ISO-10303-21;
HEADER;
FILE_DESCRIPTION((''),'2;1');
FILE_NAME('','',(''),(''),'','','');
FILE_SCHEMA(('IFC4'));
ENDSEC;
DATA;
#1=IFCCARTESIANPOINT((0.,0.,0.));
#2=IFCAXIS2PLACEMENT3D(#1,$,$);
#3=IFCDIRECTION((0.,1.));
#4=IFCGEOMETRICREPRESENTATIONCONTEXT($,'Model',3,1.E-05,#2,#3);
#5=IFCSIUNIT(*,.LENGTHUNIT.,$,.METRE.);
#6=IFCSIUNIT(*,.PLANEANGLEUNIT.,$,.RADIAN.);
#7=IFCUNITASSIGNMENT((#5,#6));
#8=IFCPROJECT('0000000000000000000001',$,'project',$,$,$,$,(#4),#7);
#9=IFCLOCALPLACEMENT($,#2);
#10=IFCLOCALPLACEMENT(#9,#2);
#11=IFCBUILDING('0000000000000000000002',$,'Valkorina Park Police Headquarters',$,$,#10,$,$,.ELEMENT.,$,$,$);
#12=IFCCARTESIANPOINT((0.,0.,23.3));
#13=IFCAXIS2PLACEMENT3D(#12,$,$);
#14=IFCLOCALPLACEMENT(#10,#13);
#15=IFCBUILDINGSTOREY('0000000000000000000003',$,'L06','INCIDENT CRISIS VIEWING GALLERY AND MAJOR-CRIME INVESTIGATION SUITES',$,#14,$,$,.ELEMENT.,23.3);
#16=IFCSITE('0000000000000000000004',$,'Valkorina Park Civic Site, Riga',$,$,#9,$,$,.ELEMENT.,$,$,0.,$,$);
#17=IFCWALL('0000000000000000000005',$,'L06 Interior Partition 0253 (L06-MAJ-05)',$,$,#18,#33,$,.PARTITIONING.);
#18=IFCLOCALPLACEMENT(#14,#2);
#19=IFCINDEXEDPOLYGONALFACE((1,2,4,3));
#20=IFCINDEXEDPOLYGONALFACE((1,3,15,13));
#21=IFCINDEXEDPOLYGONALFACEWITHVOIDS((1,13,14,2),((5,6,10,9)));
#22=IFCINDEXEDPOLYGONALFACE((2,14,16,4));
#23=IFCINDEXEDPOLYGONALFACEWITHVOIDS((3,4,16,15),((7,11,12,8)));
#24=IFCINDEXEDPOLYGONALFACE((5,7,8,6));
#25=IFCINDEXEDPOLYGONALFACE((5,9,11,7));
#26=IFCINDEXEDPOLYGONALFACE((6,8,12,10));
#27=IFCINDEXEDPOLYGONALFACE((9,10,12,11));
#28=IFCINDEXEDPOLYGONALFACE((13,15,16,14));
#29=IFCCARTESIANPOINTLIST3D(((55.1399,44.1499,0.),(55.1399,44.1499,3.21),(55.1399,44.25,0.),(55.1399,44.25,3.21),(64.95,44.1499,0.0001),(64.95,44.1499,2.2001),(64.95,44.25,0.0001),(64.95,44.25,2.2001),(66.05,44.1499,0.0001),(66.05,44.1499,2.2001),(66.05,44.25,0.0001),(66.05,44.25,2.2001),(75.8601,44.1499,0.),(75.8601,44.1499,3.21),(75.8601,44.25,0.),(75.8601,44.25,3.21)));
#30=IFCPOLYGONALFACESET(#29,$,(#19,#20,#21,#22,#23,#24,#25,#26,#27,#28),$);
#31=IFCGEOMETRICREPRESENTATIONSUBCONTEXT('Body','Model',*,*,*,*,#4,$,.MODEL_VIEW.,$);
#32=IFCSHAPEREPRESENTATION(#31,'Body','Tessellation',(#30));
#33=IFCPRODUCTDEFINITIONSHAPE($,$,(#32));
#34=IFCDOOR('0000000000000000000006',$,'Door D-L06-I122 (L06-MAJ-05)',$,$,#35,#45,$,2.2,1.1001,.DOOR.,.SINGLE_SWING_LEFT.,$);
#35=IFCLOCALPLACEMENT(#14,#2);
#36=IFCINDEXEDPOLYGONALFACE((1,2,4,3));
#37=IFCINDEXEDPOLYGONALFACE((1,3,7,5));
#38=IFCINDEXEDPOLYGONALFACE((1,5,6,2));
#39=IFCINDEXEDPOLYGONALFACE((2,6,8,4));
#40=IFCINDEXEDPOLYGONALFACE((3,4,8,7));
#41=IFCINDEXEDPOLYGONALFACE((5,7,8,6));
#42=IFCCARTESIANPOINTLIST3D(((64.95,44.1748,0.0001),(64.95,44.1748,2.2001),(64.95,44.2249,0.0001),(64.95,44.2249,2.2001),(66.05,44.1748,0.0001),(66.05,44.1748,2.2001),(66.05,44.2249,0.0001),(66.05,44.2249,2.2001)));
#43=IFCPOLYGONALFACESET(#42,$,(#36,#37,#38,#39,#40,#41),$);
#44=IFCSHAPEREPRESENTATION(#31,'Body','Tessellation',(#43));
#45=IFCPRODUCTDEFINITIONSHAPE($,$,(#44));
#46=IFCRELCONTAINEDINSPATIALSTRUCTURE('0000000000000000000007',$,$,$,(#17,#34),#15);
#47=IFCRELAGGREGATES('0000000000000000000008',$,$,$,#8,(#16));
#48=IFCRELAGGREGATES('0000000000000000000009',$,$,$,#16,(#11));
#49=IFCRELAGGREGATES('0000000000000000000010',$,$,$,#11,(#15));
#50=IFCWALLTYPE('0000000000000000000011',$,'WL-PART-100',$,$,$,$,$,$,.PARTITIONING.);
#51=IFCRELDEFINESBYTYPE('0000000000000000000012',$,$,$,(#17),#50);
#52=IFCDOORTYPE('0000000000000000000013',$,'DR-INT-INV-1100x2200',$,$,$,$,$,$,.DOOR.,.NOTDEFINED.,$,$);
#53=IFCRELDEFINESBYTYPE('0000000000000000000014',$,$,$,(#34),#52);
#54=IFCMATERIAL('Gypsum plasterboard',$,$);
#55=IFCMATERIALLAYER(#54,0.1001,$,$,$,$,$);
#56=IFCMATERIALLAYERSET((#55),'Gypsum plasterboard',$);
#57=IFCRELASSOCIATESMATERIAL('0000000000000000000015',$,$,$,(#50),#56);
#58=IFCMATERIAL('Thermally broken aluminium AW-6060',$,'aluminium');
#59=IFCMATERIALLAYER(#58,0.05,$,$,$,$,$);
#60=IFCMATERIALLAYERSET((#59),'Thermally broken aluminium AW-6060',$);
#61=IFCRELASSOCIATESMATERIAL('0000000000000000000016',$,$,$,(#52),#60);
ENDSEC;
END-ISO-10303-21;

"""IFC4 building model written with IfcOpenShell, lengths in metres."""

from ifc_helpers import new_model, si_unit, direction, frame, frame_2d, origin, place, context, subcontext, project, spatial, rectangle, extrude, material, layer, layer_set, type_object, element, fill, save


model = new_model("IFC4")

# Units and contexts
model_context = context("Model", 3, precision=1e-05, world=origin(), true_north=direction((0.0, 1.0)))
body_context = subcontext(model_context, "Body", "Model", "MODEL_VIEW")
ifc_project = project(units=[si_unit("LENGTHUNIT", "METRE"), si_unit("PLANEANGLEUNIT", "RADIAN")], contexts=[model_context])

# Site, building, storey
site_placement = place(None, origin())
site = spatial("IfcSite", under=ifc_project, at=site_placement, Name="Valkorina Park Civic Site, Riga", CompositionType="ELEMENT", RefElevation=0.0)
building_placement = place(site_placement, origin())
building = spatial("IfcBuilding", under=site, at=building_placement, Name="Valkorina Park Police Headquarters", CompositionType="ELEMENT")
storey_placement = place(building_placement, frame((0.0, 0.0, 23.3)))
storey = spatial("IfcBuildingStorey", under=building, at=storey_placement, Name="L06", Description="INCIDENT CRISIS VIEWING GALLERY AND MAJOR-CRIME INVESTIGATION SUITES", CompositionType="ELEMENT", Elevation=23.3)

# Shared definitions
ifc_material_1 = material(Name="Thermally broken aluminium AW-6060", Category="aluminium")

# Wall, opening, door
ifc_material_2 = material(Name="Gypsum plasterboard")
ifc_layer_1 = layer(ifc_material_2, 0.1001)
ifc_layer_set_1 = layer_set([ifc_layer_1], Name="Gypsum plasterboard")
wall_type = type_object("IfcWallType", Name="WL-PART-100", PredefinedType="PARTITIONING", material=ifc_layer_set_1)
wall_placement = place(storey_placement, frame((55.1399, 44.2, 0.0), z_axis=(0.0, 0.0, 1.0), x_axis=(1.0, 0.0, 0.0)))
wall = element("IfcWall", 1, at=wall_placement, inside=storey, type_object=wall_type, Name="L06 Interior Partition 0253 (L06-MAJ-05)", PredefinedType="PARTITIONING", context=body_context, shape_type="SweptSolid", body=[
    extrude(rectangle(XDim=20.7202, YDim=0.1001, at=frame_2d((10.3601, 0.0))), origin(), (0.0, 0.0, 1.0), 3.21),
])
opening_placement = place(wall_placement, frame((9.8101, 0.0, 0.0)))
opening = element("IfcOpeningElement", 2, at=opening_placement, cuts=wall, PredefinedType="OPENING", context=body_context, shape_type="SweptSolid", body=[
    extrude(rectangle(XDim=1.1001, YDim=2.2, at=frame_2d((0.55, 1.1001))), frame((0.0, 0.0601, 0.0), z_axis=(0.0, -1.0, 0.0), x_axis=(1.0, 0.0, 0.0)), (0.0, 0.0, 1.0), 0.1201),
])
ifc_layer_2 = layer(ifc_material_1, 0.05)
ifc_layer_set_2 = layer_set([ifc_layer_2], Name="Thermally broken aluminium AW-6060")
door_type = type_object("IfcDoorType", Name="DR-INT-INV-1100x2200", OperationType="NOTDEFINED", PredefinedType="DOOR", material=ifc_layer_set_2)
door_placement = place(opening_placement, origin())
door = element("IfcDoor", 3, at=door_placement, inside=storey, type_object=door_type, Name="Door D-L06-I122 (L06-MAJ-05)", OperationType="SINGLE_SWING_LEFT", OverallHeight=2.2, OverallWidth=1.1001, PredefinedType="DOOR", context=body_context, shape_type="SweptSolid", body=[
    extrude(rectangle(XDim=1.1001, YDim=2.2, at=frame_2d((0.55, 1.1001))), frame((0.0, 0.0249, 0.0), z_axis=(0.0, -1.0, 0.0), x_axis=(1.0, 0.0, 0.0)), (0.0, 0.0, 1.0), 0.05),
])
fill(opening, door)

save(model, "model.ifc")
